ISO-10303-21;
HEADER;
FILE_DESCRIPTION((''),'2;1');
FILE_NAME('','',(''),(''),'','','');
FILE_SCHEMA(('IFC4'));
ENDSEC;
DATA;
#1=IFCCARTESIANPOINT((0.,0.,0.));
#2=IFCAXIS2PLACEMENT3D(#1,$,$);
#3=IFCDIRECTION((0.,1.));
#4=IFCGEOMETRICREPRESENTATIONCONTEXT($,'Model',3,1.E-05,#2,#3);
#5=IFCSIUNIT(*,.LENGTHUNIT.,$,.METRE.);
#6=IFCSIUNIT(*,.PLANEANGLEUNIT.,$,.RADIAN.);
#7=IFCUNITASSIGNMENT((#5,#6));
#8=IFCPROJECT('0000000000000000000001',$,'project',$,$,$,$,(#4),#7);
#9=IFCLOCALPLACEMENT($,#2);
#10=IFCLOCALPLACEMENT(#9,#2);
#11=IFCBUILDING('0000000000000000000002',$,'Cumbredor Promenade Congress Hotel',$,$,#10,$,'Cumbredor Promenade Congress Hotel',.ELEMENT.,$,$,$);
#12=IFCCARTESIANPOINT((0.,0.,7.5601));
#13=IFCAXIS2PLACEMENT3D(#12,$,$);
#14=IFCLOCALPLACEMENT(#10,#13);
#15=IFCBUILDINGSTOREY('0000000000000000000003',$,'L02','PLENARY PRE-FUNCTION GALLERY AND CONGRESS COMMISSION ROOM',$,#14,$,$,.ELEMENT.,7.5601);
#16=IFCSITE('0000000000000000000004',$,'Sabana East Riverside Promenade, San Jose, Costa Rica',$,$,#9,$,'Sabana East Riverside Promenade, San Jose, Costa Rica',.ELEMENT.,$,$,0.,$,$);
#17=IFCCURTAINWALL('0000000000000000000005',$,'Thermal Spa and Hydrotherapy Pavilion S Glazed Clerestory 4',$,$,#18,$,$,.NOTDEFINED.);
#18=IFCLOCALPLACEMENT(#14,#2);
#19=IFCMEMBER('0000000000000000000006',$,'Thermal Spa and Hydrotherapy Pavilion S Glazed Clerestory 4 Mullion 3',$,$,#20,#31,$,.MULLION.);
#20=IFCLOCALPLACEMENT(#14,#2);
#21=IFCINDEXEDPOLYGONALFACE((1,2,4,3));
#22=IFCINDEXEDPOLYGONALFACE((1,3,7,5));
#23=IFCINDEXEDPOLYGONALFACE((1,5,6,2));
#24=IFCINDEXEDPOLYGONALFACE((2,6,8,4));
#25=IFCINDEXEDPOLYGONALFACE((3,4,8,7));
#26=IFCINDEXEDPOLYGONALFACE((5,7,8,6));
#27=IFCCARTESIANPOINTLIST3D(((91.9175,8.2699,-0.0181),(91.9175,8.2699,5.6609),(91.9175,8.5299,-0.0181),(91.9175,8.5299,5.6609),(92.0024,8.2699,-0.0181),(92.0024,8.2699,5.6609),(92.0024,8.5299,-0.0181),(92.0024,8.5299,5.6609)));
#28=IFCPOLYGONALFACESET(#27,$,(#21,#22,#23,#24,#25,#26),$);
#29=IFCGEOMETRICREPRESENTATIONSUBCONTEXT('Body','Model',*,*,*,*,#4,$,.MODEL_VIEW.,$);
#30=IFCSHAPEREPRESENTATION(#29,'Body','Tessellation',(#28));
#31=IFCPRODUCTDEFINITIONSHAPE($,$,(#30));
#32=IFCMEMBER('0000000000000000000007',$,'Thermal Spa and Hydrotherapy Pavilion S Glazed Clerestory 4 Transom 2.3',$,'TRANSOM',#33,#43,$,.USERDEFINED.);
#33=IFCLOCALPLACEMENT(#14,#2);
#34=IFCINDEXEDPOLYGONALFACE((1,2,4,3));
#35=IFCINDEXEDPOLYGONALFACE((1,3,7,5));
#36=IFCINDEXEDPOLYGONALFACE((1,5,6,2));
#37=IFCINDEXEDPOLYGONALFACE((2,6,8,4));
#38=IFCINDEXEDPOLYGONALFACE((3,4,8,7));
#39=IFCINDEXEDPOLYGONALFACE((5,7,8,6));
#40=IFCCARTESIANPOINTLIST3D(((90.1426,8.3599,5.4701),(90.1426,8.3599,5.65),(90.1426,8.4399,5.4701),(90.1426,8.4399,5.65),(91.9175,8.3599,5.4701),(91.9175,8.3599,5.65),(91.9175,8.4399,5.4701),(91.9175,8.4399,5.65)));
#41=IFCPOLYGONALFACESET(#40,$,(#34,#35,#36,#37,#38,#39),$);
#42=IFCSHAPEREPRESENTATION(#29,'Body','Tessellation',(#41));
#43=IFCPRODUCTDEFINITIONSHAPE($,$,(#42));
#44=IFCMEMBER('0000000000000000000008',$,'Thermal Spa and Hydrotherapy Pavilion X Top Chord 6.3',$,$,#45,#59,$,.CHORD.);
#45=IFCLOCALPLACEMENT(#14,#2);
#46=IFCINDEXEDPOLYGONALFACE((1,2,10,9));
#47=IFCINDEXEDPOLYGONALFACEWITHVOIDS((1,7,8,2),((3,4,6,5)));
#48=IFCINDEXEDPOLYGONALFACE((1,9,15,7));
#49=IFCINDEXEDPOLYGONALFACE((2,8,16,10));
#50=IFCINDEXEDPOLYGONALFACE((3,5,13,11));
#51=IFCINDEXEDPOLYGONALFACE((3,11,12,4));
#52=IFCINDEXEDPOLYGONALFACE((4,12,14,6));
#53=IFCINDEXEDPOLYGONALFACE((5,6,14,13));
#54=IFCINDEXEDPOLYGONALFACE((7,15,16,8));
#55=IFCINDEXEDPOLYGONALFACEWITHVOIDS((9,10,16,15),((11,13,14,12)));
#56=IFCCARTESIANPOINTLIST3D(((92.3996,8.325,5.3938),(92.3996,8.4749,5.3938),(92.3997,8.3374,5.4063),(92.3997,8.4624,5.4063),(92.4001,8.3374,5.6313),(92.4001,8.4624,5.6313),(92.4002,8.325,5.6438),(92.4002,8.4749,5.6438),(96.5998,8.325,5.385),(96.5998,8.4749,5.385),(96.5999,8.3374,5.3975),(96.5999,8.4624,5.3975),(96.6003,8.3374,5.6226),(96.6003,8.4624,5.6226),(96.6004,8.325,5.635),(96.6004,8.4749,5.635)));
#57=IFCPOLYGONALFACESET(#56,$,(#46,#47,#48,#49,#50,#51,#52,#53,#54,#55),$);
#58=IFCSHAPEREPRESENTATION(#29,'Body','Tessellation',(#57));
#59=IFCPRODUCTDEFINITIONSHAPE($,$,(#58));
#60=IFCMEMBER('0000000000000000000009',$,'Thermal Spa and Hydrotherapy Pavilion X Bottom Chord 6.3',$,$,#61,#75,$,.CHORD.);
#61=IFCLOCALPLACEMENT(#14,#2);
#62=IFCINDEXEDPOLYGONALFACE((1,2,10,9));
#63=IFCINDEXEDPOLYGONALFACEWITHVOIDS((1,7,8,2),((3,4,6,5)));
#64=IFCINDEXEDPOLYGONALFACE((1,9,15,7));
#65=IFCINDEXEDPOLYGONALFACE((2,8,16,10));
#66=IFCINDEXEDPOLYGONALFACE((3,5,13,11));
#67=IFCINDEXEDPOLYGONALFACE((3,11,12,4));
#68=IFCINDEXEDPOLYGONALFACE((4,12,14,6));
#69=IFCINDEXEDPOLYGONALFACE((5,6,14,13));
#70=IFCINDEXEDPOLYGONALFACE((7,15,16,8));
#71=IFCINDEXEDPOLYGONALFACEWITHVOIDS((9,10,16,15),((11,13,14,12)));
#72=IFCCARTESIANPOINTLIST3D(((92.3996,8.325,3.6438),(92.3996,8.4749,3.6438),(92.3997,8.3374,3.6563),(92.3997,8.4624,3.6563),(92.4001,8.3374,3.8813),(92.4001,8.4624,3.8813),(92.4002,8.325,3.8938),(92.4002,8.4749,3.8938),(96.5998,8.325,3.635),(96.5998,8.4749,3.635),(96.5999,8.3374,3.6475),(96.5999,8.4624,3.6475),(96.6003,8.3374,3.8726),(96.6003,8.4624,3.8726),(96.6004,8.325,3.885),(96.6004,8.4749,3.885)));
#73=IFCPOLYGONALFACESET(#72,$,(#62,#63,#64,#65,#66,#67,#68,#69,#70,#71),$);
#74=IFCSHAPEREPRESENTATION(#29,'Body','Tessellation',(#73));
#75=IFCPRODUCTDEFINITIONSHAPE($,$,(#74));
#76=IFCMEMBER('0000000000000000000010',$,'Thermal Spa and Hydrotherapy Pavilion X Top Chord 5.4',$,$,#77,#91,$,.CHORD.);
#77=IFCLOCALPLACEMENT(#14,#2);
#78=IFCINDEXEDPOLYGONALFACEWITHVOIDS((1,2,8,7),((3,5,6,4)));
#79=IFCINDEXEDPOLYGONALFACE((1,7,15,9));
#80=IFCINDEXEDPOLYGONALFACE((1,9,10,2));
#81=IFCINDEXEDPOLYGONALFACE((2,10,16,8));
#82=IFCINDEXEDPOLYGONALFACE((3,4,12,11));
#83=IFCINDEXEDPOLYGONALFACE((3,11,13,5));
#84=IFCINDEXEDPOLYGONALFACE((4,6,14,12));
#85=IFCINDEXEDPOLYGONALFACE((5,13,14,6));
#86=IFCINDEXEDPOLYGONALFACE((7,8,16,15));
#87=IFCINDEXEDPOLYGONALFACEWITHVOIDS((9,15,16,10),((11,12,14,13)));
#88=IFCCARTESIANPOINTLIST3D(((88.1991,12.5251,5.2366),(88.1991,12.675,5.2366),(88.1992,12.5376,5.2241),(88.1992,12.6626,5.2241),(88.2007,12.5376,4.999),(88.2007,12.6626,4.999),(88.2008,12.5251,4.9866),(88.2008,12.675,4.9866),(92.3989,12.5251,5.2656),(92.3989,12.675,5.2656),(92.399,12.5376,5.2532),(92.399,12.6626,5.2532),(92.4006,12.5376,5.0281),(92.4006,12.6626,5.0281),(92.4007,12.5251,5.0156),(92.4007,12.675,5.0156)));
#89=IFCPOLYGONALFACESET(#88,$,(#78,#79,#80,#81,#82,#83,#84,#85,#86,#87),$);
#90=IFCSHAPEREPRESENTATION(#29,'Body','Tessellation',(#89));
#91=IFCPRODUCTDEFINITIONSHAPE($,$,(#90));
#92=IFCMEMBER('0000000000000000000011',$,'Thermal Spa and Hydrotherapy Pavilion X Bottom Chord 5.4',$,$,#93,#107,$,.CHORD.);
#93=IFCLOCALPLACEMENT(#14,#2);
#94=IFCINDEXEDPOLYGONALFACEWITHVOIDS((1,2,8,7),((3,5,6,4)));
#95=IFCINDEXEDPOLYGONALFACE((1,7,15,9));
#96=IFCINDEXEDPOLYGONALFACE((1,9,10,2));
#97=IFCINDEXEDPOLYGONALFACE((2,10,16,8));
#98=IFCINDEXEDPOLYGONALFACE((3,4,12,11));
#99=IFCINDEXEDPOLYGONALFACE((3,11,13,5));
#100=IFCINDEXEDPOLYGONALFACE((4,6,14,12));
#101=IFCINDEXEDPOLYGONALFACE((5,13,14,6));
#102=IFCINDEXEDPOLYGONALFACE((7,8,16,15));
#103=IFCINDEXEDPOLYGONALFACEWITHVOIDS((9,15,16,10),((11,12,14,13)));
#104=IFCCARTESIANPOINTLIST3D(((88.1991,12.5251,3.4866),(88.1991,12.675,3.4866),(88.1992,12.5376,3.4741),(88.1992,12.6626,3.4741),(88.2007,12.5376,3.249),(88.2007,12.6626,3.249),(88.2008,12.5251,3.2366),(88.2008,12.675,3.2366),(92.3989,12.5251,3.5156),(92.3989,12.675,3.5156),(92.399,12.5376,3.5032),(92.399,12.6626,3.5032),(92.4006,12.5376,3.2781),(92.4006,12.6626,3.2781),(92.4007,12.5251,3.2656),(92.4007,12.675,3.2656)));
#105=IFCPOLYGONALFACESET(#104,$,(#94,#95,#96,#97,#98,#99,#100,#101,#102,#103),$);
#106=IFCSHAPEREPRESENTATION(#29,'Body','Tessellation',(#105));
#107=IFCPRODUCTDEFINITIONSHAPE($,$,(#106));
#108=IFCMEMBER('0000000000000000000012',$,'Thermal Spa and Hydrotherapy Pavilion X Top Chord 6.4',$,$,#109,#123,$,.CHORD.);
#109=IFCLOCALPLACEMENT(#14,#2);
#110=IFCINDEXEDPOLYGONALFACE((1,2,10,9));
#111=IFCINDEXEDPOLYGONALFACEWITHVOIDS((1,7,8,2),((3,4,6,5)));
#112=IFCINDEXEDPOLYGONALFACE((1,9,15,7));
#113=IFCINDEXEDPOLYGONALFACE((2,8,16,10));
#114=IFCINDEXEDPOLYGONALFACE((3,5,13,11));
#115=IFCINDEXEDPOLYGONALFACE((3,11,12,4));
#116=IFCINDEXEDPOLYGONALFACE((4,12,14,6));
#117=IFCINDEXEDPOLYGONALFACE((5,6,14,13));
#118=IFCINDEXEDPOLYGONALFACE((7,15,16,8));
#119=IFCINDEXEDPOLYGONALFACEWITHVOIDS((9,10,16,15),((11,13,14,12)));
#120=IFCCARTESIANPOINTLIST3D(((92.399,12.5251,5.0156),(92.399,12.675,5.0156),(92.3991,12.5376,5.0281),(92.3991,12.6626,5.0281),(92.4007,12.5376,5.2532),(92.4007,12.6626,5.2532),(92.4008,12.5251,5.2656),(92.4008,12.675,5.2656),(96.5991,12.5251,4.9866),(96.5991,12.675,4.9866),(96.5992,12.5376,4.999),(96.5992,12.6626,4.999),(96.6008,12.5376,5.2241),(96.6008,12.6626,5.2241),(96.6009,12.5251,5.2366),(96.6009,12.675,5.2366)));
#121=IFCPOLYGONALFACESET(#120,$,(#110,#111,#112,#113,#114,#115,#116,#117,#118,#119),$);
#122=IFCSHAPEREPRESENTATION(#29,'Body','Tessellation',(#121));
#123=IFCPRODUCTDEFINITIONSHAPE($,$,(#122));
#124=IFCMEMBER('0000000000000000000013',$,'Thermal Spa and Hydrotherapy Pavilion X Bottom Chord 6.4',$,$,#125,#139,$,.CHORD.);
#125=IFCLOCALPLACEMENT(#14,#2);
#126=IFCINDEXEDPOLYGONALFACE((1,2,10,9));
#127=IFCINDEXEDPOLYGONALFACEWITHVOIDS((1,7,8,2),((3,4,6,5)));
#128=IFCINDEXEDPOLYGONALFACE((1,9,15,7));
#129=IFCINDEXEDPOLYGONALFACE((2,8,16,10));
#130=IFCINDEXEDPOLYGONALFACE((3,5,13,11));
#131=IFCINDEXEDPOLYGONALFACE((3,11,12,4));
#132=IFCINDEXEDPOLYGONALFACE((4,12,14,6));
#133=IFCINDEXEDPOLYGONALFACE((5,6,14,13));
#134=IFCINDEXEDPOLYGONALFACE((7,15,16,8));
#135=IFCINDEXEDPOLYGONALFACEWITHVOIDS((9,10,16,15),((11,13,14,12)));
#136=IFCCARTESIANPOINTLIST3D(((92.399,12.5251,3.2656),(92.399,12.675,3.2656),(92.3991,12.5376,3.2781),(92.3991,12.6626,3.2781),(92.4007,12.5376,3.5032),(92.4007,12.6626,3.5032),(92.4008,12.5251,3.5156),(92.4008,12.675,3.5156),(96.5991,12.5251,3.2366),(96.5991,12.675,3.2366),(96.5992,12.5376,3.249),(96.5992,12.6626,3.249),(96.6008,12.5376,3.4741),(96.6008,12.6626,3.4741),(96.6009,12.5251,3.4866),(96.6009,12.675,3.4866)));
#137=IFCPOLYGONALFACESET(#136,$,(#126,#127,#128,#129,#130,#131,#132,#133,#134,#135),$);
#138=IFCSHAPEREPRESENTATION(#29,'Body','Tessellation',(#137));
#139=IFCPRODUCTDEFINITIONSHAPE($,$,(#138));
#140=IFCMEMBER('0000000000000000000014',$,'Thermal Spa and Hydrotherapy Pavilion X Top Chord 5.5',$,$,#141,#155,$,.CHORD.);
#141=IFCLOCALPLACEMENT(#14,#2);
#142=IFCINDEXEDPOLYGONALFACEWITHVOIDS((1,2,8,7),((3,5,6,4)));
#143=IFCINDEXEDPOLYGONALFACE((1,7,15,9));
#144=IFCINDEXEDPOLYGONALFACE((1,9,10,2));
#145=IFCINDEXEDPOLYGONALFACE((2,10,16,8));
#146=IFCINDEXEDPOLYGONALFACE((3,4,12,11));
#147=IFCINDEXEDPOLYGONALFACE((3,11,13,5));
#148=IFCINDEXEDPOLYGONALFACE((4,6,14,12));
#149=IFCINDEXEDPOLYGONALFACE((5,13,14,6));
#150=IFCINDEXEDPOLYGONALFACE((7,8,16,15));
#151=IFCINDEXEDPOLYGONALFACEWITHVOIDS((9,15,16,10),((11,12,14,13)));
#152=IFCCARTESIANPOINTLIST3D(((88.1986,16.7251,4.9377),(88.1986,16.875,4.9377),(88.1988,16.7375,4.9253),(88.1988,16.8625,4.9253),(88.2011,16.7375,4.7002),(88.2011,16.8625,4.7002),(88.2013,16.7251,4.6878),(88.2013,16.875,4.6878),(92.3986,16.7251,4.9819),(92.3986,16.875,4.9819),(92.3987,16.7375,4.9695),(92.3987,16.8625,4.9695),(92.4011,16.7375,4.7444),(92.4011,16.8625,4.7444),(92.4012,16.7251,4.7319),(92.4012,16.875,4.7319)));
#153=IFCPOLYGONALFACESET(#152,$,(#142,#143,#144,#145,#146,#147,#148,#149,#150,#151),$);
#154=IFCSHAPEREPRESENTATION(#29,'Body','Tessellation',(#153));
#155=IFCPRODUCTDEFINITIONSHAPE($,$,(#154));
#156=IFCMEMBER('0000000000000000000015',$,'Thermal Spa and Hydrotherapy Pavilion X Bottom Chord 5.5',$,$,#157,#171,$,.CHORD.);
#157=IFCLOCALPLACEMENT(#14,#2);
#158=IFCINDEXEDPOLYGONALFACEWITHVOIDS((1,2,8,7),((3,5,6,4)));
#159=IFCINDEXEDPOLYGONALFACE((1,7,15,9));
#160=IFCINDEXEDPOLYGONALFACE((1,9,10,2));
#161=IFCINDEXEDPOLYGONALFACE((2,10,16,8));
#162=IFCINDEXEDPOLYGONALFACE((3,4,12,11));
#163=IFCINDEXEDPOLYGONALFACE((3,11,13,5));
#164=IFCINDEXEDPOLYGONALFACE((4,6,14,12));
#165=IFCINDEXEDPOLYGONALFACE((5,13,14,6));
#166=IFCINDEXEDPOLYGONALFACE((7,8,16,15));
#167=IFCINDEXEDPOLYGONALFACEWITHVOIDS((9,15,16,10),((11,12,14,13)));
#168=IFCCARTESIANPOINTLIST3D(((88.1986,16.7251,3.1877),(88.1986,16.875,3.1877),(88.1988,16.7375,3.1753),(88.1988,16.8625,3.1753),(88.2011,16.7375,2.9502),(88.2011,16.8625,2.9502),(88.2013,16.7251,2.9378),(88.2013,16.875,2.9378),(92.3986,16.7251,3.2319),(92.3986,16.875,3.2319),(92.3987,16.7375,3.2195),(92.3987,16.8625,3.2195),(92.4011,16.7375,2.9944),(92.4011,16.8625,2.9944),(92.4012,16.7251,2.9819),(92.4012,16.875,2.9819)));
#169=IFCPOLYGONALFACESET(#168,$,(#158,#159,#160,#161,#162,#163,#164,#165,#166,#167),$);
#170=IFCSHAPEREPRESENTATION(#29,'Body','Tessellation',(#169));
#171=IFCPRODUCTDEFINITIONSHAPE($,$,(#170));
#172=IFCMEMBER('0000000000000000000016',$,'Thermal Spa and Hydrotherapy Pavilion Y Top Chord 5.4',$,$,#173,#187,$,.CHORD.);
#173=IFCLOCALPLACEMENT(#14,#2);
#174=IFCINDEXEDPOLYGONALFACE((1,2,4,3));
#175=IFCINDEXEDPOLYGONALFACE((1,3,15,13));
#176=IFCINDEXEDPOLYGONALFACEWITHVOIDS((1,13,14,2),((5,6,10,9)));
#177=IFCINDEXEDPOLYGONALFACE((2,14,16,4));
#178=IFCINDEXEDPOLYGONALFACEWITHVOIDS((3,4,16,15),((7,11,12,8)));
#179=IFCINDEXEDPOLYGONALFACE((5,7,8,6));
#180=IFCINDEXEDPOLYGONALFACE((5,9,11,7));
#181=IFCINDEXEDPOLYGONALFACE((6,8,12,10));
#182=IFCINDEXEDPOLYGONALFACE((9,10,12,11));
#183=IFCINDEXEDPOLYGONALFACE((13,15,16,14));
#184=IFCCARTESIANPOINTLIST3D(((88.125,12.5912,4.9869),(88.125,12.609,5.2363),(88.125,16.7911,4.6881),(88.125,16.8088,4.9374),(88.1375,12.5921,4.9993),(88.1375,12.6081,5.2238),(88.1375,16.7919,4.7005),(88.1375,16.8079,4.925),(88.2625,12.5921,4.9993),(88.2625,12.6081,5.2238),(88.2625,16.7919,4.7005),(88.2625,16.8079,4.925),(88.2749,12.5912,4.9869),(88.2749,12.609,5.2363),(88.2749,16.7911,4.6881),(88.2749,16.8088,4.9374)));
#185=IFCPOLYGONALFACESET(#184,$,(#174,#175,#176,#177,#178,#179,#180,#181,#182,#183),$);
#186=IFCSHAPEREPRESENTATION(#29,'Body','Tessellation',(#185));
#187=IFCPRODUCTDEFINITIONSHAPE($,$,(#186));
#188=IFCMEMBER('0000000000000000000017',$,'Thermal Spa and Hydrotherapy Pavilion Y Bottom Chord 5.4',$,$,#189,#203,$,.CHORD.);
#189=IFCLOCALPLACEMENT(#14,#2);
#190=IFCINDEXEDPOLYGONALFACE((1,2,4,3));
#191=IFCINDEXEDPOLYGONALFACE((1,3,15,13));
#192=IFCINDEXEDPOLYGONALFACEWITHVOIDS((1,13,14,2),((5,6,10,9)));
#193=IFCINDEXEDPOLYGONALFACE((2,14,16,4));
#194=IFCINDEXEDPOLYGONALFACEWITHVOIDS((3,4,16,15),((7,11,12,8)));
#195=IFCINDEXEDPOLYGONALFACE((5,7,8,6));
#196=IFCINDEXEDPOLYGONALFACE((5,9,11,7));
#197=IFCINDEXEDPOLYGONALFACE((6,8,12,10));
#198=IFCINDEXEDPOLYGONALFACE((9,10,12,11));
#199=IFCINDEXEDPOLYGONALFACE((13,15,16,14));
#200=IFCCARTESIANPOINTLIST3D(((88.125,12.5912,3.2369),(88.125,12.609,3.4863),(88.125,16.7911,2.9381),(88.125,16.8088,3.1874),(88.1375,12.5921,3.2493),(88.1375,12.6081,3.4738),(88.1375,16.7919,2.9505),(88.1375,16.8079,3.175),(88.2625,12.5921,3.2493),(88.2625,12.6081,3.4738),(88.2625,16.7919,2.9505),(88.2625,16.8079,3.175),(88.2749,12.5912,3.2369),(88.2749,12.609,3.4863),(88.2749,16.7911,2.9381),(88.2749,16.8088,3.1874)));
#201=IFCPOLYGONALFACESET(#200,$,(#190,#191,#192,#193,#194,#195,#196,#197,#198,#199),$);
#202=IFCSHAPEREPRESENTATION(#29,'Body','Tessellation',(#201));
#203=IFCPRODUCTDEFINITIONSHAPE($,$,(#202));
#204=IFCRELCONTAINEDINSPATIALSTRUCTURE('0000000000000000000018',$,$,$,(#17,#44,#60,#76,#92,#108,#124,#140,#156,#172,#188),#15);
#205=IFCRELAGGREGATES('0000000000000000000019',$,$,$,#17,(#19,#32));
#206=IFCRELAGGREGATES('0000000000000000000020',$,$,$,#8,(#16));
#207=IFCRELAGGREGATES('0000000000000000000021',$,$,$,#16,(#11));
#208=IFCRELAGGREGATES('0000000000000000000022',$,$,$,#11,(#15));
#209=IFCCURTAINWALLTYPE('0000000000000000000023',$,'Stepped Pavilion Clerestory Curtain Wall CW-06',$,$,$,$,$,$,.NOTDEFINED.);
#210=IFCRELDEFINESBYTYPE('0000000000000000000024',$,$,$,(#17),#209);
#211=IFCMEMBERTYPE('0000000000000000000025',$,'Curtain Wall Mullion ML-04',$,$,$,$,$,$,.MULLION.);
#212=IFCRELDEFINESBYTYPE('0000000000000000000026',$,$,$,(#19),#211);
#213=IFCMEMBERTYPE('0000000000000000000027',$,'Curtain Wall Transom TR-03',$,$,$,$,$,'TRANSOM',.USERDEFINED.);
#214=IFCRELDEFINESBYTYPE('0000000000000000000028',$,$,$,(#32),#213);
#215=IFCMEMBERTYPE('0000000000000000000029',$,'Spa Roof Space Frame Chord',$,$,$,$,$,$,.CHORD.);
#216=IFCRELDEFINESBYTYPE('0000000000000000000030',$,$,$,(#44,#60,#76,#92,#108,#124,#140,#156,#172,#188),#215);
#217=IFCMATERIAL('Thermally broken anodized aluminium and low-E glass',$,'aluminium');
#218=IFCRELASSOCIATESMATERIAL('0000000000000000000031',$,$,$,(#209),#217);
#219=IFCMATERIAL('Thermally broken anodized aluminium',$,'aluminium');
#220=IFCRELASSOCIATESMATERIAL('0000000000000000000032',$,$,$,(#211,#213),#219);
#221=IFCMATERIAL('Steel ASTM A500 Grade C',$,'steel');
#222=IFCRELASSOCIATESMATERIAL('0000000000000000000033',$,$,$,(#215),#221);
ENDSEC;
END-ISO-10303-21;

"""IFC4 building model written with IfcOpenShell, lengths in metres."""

from ifc_helpers import new_model, si_unit, direction, frame, origin, origin_2d, place, context, subcontext, project, spatial, rectangle, hollow_rectangle, extrude, material, material_profile, profile_set, type_object, element, aggregate, save


model = new_model("IFC4")

# Units and contexts
model_context = context("Model", 3, precision=1e-05, world=origin(), true_north=direction((0.0, 1.0)))
body_context = subcontext(model_context, "Body", "Model", "MODEL_VIEW")
ifc_project = project(units=[si_unit("LENGTHUNIT", "METRE"), si_unit("PLANEANGLEUNIT", "RADIAN")], contexts=[model_context])

# Site, building, storey
site_placement = place(None, origin())
site = spatial("IfcSite", under=ifc_project, at=site_placement, Name="Sabana East Riverside Promenade, San Jose, Costa Rica", LongName="Sabana East Riverside Promenade, San Jose, Costa Rica", CompositionType="ELEMENT", RefElevation=0.0)
building_placement = place(site_placement, origin())
building = spatial("IfcBuilding", under=site, at=building_placement, Name="Cumbredor Promenade Congress Hotel", LongName="Cumbredor Promenade Congress Hotel", CompositionType="ELEMENT")
storey_placement = place(building_placement, frame((0.0, 0.0, 7.5601)))
storey = spatial("IfcBuildingStorey", under=building, at=storey_placement, Name="L02", Description="PLENARY PRE-FUNCTION GALLERY AND CONGRESS COMMISSION ROOM", CompositionType="ELEMENT", Elevation=7.5601)

# Curtain wall, members
ifc_material_1 = material(Name="Thermally broken anodized aluminium and low-E glass", Category="aluminium")
curtain_wall_type = type_object("IfcCurtainWallType", Name="Stepped Pavilion Clerestory Curtain Wall CW-06", PredefinedType="NOTDEFINED", material=ifc_material_1)
curtain_wall_placement = place(storey_placement, origin())
curtain_wall = element("IfcCurtainWall", 1, at=curtain_wall_placement, inside=storey, type_object=curtain_wall_type, Name="Thermal Spa and Hydrotherapy Pavilion S Glazed Clerestory 4", PredefinedType="NOTDEFINED")
ifc_material_2 = material(Name="Thermally broken anodized aluminium", Category="aluminium")
ifc_material_profile_1 = material_profile(ifc_material_2, rectangle(XDim=0.085, YDim=0.26, at=origin_2d()), Name="ALU MULLION CLERESTORY 85x260")
ifc_profile_set_1 = profile_set([ifc_material_profile_1], Name="Thermally broken anodized aluminium")
member_type_1 = type_object("IfcMemberType", Name="Curtain Wall Mullion ML-04", PredefinedType="MULLION", material=ifc_profile_set_1)
member_1_placement = place(storey_placement, frame((91.96, 8.3999, -0.0181), z_axis=(0.0, 0.0, 1.0), x_axis=(1.0, 0.0, 0.0)))
member_1 = element("IfcMember", 2, at=member_1_placement, type_object=member_type_1, Name="Thermal Spa and Hydrotherapy Pavilion S Glazed Clerestory 4 Mullion 3", PredefinedType="MULLION", context=body_context, shape_type="SweptSolid", body=[
    extrude(rectangle(XDim=0.085, YDim=0.26, at=origin_2d()), origin(), (0.0, 0.0, 1.0), 5.679),
])
ifc_material_profile_2 = material_profile(ifc_material_2, rectangle(XDim=0.0801, YDim=0.1799, at=origin_2d()), Name="ALU TRANSOM 80x180")
ifc_profile_set_2 = profile_set([ifc_material_profile_2], Name="Thermally broken anodized aluminium")
member_type_2 = type_object("IfcMemberType", Name="Curtain Wall Transom TR-03", ElementType="TRANSOM", PredefinedType="USERDEFINED", material=ifc_profile_set_2)
member_2_placement = place(storey_placement, frame((90.1426, 8.3999, 5.5601), z_axis=(1.0, 0.0, 0.0), x_axis=(0.0, 1.0, 0.0)))
member_2 = element("IfcMember", 3, at=member_2_placement, type_object=member_type_2, Name="Thermal Spa and Hydrotherapy Pavilion S Glazed Clerestory 4 Transom 2.3", ObjectType="TRANSOM", PredefinedType="USERDEFINED", context=body_context, shape_type="SweptSolid", body=[
    extrude(rectangle(XDim=0.0801, YDim=0.1799, at=origin_2d()), origin(), (0.0, 0.0, 1.0), 1.7749),
])

# Members
ifc_material_3 = material(Name="Steel ASTM A500 Grade C", Category="steel")
ifc_material_profile_3 = material_profile(ifc_material_3, hollow_rectangle(XDim=0.1499, YDim=0.25, WallThickness=0.0125, at=origin_2d()), Name="HSS 250x150x12.5")
ifc_profile_set_3 = profile_set([ifc_material_profile_3], Name="Steel ASTM A500 Grade C")
member_type_3 = type_object("IfcMemberType", Name="Spa Roof Space Frame Chord", PredefinedType="CHORD", material=ifc_profile_set_3)
for number, where, z_axis, x_axis, name in (
    (4, (92.3999, 8.3999, 5.5188), (0.999998, 0.0, -0.002093), (0.0, 1.0, 0.0), "Thermal Spa and Hydrotherapy Pavilion X Top Chord 6.3"),
    (5, (92.3999, 8.3999, 3.7688), (0.999998, 0.0, -0.002093), (0.0, 1.0, 0.0), "Thermal Spa and Hydrotherapy Pavilion X Bottom Chord 6.3"),
):
    element("IfcMember", number, at=place(storey_placement, frame(where, z_axis=z_axis, x_axis=x_axis)), inside=storey, type_object=member_type_3, Name=name, PredefinedType="CHORD", context=body_context, shape_type="SweptSolid", body=[
        extrude(hollow_rectangle(XDim=0.1499, YDim=0.25, WallThickness=0.0125, at=origin_2d()), origin(), (0.0, 0.0, 1.0), 4.2002),
    ])
for number, where, z_axis, x_axis, name in (
    (6, (88.2, 12.6001, 5.1116), (0.999976, 0.0, 0.006917), (0.0, 1.0, 0.0), "Thermal Spa and Hydrotherapy Pavilion X Top Chord 5.4"),
    (7, (88.2, 12.6001, 3.3616), (0.999976, 0.0, 0.006917), (0.0, 1.0, 0.0), "Thermal Spa and Hydrotherapy Pavilion X Bottom Chord 5.4"),
):
    element("IfcMember", number, at=place(storey_placement, frame(where, z_axis=z_axis, x_axis=x_axis)), inside=storey, type_object=member_type_3, Name=name, PredefinedType="CHORD", context=body_context, shape_type="SweptSolid", body=[
        extrude(hollow_rectangle(XDim=0.1499, YDim=0.25, WallThickness=0.0125, at=origin_2d()), origin(), (0.0, 0.0, 1.0), 4.2),
    ])
for number, where, z_axis, x_axis, name in (
    (8, (92.3999, 12.6001, 5.1406), (0.999976, 0.0, -0.006917), (0.0, 1.0, 0.0), "Thermal Spa and Hydrotherapy Pavilion X Top Chord 6.4"),
    (9, (92.3999, 12.6001, 3.3906), (0.999976, 0.0, -0.006917), (0.0, 1.0, 0.0), "Thermal Spa and Hydrotherapy Pavilion X Bottom Chord 6.4"),
    (10, (88.2, 16.8, 4.8127), (0.999945, 0.0, 0.010521), (0.0, 1.0, 0.0), "Thermal Spa and Hydrotherapy Pavilion X Top Chord 5.5"),
    (11, (88.2, 16.8, 3.0627), (0.999945, 0.0, 0.010521), (0.0, 1.0, 0.0), "Thermal Spa and Hydrotherapy Pavilion X Bottom Chord 5.5"),
):
    element("IfcMember", number, at=place(storey_placement, frame(where, z_axis=z_axis, x_axis=x_axis)), inside=storey, type_object=member_type_3, Name=name, PredefinedType="CHORD", context=body_context, shape_type="SweptSolid", body=[
        extrude(hollow_rectangle(XDim=0.1499, YDim=0.25, WallThickness=0.0125, at=origin_2d()), origin(), (0.0, 0.0, 1.0), 4.2002),
    ])
for number, where, z_axis, x_axis, name in (
    (12, (88.2, 12.6001, 5.1116), (0.0, 0.997478, -0.070971), (-1.0, 0.0, 0.0), "Thermal Spa and Hydrotherapy Pavilion Y Top Chord 5.4"),
    (13, (88.2, 12.6001, 3.3616), (0.0, 0.997478, -0.070971), (-1.0, 0.0, 0.0), "Thermal Spa and Hydrotherapy Pavilion Y Bottom Chord 5.4"),
):
    element("IfcMember", number, at=place(storey_placement, frame(where, z_axis=z_axis, x_axis=x_axis)), inside=storey, type_object=member_type_3, Name=name, PredefinedType="CHORD", context=body_context, shape_type="SweptSolid", body=[
        extrude(hollow_rectangle(XDim=0.1499, YDim=0.25, WallThickness=0.0125, at=origin_2d()), origin(), (0.0, 0.0, 1.0), 4.2104),
    ])

aggregate(curtain_wall, [member_1, member_2])

save(model, "model.ifc")
